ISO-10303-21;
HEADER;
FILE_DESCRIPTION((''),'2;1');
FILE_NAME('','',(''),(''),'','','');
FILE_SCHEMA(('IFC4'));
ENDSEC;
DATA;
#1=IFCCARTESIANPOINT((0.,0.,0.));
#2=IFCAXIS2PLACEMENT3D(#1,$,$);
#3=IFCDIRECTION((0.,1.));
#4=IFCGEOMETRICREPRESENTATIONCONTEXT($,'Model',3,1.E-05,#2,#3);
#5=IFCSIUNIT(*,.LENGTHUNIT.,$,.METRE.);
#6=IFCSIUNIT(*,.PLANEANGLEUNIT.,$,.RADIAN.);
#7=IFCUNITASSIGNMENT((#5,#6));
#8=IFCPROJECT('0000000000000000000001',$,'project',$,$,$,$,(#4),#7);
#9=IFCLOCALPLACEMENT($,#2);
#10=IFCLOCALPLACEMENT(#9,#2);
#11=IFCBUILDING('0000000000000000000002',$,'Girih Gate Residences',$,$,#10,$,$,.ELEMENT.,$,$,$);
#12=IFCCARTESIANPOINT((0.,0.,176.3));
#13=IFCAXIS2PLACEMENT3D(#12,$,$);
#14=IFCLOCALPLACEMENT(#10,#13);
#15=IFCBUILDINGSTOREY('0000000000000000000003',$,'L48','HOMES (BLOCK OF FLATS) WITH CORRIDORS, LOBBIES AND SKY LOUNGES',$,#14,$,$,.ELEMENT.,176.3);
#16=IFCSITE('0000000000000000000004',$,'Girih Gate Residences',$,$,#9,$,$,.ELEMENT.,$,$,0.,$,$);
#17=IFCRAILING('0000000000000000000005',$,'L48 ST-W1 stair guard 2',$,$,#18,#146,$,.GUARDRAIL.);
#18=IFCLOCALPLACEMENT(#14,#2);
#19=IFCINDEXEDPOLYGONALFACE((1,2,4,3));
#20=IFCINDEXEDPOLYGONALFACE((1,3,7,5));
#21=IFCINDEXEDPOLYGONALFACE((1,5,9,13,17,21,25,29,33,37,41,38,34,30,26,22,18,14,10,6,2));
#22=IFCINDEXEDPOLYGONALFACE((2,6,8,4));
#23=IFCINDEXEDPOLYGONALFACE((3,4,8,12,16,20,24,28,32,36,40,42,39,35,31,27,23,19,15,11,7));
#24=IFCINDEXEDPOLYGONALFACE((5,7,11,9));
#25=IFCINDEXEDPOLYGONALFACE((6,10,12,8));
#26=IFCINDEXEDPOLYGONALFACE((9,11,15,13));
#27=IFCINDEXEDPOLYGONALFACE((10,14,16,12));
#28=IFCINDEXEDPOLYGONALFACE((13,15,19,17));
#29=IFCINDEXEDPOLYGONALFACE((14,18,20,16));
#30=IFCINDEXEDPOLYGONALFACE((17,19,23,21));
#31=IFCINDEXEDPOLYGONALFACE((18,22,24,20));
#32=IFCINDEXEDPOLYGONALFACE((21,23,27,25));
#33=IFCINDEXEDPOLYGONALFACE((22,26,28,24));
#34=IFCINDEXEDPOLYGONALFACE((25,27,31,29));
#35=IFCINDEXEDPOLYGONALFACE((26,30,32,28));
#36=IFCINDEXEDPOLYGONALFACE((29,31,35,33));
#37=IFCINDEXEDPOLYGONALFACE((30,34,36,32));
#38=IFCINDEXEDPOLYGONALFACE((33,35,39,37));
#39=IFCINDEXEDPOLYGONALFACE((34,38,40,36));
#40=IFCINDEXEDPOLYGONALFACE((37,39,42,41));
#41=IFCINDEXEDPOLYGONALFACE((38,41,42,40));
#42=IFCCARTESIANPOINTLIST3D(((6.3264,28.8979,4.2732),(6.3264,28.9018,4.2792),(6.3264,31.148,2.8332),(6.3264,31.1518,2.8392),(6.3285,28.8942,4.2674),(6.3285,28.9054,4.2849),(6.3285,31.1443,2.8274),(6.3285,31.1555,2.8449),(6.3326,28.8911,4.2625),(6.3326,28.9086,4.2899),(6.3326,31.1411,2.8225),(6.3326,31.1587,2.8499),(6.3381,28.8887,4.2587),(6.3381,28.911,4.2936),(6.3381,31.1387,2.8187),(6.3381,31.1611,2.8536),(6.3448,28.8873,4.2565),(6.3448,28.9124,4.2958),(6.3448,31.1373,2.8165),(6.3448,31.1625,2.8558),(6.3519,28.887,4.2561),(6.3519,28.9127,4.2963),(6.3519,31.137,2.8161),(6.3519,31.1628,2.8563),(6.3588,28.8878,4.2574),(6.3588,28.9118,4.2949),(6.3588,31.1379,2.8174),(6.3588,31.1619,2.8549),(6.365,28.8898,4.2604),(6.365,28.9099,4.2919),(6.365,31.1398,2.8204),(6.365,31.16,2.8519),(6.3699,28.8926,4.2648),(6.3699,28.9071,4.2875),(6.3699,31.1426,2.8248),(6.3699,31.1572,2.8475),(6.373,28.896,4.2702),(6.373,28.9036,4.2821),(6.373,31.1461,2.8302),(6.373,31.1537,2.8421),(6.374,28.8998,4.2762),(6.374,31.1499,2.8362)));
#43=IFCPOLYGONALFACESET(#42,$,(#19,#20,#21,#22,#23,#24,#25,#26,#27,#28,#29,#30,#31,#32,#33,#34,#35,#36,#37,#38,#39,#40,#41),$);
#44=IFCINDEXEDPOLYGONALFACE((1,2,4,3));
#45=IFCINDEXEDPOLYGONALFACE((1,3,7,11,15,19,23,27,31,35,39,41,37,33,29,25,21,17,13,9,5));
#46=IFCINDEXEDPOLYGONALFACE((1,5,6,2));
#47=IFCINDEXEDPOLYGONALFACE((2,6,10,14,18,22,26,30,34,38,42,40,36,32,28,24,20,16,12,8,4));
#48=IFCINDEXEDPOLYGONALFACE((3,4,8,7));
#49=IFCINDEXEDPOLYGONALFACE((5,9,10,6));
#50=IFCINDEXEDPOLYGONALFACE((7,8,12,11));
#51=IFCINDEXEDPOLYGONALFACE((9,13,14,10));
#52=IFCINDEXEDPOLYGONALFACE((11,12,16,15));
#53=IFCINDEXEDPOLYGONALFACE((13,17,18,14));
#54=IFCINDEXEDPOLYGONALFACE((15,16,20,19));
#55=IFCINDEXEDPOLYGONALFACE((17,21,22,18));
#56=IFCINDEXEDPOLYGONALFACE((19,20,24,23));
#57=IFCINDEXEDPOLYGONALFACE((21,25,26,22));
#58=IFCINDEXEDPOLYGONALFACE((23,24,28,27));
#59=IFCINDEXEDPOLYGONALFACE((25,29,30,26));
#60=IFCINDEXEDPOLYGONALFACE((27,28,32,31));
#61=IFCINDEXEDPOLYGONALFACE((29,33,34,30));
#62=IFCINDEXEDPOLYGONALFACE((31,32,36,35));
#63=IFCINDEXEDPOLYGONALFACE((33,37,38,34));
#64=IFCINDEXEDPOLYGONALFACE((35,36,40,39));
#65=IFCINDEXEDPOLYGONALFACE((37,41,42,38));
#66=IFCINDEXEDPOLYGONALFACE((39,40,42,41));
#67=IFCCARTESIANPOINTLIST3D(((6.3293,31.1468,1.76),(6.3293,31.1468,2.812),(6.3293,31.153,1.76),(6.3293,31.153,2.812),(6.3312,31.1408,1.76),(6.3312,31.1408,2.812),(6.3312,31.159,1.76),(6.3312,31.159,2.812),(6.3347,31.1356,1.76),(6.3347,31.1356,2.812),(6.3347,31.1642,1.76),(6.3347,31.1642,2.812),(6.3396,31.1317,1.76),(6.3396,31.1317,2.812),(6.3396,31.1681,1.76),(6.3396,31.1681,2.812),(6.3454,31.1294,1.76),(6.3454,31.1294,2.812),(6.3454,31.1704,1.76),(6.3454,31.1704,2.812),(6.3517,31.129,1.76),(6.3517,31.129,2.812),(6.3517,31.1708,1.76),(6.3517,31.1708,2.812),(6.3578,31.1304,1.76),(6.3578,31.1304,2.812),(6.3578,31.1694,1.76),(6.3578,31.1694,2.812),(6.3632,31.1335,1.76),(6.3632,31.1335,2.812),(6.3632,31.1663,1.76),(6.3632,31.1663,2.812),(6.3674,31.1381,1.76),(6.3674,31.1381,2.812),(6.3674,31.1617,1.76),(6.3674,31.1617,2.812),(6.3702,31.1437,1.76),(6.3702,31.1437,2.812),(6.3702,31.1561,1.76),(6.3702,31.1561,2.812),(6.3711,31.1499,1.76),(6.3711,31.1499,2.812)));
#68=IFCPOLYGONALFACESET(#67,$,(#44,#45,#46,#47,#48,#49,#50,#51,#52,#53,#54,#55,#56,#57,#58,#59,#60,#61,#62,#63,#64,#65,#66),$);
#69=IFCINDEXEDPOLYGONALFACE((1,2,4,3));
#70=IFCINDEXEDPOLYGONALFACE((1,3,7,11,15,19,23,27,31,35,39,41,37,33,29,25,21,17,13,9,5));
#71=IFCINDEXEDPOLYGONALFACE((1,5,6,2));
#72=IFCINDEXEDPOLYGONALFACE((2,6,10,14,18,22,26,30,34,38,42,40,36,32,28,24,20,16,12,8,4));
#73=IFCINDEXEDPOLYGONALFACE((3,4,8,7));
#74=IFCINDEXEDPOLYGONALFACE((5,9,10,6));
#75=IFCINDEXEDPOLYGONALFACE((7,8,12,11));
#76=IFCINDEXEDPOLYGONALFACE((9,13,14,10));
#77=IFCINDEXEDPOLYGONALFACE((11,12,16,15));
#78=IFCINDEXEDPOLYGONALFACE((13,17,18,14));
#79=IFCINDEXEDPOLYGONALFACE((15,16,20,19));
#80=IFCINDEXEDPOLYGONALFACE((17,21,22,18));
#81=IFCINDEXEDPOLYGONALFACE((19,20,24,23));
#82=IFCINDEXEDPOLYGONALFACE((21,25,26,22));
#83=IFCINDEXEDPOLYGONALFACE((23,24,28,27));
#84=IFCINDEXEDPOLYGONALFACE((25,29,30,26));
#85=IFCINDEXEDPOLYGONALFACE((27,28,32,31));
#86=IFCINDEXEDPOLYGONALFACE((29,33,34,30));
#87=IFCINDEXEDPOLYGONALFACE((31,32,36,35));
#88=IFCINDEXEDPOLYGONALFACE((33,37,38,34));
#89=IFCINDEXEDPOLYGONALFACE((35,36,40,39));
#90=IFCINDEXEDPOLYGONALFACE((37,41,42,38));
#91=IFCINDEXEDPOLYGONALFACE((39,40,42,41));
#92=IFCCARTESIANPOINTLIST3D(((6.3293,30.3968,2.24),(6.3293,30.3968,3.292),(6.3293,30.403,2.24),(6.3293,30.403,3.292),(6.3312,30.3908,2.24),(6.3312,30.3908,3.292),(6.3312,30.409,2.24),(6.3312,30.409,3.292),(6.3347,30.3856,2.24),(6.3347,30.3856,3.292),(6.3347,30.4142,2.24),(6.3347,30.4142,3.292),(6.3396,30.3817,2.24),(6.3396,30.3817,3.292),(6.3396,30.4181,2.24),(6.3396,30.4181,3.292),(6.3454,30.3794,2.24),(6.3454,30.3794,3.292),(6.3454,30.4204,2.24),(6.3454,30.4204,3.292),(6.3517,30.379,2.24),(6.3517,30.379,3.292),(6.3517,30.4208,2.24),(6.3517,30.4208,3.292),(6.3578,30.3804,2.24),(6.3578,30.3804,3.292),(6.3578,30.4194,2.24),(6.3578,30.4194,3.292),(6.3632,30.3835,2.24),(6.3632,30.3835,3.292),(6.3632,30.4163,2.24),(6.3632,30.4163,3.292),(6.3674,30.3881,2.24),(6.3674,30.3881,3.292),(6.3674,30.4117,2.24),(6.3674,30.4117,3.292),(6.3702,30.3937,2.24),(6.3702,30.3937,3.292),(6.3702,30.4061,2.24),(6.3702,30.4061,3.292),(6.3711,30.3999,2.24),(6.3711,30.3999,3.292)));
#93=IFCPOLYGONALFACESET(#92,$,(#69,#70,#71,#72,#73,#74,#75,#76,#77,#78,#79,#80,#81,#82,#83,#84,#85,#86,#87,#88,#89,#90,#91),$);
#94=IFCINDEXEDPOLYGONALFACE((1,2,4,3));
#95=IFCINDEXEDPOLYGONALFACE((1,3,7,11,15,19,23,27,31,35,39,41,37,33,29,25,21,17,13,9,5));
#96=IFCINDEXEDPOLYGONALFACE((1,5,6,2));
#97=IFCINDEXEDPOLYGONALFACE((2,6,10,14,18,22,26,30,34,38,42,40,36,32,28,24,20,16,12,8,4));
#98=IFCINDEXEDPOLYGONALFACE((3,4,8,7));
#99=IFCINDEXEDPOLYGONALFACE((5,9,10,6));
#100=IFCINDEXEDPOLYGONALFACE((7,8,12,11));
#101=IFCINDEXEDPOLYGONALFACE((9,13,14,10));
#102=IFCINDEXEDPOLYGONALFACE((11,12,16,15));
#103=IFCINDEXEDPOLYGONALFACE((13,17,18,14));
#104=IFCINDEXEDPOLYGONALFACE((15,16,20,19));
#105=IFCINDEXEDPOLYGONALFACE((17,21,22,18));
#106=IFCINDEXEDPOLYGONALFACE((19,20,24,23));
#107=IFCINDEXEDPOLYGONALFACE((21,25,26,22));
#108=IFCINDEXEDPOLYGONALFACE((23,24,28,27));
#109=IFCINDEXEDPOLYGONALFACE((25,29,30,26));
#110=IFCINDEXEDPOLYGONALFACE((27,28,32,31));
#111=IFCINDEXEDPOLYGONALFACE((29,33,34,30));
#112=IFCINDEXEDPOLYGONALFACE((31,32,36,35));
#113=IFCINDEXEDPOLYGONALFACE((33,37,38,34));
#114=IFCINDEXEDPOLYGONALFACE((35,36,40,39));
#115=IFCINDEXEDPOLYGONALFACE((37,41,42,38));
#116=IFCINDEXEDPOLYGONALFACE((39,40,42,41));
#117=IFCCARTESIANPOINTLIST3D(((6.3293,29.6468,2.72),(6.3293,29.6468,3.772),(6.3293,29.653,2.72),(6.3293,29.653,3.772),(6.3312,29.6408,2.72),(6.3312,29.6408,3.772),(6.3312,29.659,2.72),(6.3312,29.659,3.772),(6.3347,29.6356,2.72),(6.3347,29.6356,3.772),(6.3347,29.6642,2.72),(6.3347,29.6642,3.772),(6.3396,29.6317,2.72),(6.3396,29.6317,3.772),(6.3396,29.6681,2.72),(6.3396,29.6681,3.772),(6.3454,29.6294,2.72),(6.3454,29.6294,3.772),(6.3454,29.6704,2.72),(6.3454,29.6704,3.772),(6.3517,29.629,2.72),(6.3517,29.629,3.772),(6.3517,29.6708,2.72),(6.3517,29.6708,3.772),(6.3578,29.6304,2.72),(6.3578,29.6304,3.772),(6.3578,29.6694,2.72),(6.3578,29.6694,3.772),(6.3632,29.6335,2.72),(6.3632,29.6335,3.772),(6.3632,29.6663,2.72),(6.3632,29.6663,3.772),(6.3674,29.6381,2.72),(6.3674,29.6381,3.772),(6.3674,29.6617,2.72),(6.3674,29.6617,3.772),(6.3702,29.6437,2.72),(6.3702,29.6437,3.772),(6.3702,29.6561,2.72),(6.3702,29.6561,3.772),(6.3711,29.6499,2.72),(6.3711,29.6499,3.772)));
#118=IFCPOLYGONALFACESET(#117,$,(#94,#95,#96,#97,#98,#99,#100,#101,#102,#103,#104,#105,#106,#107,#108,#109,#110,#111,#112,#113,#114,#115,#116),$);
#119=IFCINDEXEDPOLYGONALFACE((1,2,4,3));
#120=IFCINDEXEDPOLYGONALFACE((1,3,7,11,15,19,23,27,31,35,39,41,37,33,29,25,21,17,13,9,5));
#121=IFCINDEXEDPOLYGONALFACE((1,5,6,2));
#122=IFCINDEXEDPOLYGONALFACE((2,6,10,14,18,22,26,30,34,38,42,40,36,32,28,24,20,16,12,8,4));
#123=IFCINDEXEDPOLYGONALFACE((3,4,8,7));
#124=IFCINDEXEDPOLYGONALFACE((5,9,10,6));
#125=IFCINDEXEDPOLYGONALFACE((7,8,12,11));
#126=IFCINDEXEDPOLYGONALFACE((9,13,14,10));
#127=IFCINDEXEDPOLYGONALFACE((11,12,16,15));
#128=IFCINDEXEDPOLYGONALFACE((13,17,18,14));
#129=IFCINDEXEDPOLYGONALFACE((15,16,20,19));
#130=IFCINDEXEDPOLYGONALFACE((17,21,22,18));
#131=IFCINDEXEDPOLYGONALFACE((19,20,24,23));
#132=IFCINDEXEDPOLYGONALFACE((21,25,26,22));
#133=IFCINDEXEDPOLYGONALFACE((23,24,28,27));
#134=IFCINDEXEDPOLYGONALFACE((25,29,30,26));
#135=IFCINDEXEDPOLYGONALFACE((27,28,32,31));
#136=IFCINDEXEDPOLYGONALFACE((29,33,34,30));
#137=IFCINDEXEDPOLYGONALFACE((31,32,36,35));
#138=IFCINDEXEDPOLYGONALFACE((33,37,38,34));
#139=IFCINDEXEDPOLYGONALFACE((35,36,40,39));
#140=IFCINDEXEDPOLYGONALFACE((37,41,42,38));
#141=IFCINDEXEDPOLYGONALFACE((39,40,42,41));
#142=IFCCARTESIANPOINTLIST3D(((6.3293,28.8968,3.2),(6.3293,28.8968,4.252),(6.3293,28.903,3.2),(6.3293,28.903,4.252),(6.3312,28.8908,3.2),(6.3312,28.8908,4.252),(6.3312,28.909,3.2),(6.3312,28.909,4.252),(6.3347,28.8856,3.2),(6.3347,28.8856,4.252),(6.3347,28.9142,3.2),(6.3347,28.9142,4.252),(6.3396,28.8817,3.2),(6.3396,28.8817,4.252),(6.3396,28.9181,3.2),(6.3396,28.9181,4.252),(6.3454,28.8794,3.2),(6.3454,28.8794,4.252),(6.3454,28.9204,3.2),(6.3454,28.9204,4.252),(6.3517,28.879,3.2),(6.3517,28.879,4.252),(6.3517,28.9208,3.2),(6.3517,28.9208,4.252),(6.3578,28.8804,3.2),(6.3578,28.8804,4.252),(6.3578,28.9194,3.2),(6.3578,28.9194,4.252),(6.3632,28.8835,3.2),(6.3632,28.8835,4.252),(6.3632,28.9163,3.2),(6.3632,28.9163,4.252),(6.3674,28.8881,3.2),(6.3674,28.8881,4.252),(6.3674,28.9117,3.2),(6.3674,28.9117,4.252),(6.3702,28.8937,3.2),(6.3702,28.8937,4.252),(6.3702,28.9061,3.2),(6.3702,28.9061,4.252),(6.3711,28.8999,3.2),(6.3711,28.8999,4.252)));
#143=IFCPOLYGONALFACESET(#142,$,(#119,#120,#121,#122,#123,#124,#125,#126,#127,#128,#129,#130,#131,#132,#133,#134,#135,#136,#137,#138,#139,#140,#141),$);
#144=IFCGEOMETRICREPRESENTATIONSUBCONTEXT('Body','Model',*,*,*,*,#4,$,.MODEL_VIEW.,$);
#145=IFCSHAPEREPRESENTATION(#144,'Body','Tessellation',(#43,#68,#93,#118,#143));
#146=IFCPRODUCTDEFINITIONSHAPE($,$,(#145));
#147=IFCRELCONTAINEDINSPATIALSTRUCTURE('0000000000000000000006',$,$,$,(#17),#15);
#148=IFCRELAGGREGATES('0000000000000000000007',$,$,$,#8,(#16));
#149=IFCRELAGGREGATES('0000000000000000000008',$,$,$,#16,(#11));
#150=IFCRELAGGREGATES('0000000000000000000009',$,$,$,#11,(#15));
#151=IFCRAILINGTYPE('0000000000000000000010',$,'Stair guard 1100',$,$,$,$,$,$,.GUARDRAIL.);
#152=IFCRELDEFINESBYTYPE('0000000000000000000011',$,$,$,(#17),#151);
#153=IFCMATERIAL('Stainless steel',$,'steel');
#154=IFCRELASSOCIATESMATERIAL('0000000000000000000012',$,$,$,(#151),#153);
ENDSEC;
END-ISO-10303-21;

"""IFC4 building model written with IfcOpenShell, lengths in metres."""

from ifc_helpers import new_model, si_unit, direction, frame, origin, origin_2d, place, context, subcontext, project, spatial, circle, extrude, material, type_object, element, save


model = new_model("IFC4")

# Units and contexts
model_context = context("Model", 3, precision=1e-05, world=origin(), true_north=direction((0.0, 1.0)))
body_context = subcontext(model_context, "Body", "Model", "MODEL_VIEW")
ifc_project = project(units=[si_unit("LENGTHUNIT", "METRE"), si_unit("PLANEANGLEUNIT", "RADIAN")], contexts=[model_context])

# Site, building, storey
site_placement = place(None, origin())
site = spatial("IfcSite", under=ifc_project, at=site_placement, Name="Girih Gate Residences", CompositionType="ELEMENT", RefElevation=0.0)
building_placement = place(site_placement, origin())
building = spatial("IfcBuilding", under=site, at=building_placement, Name="Girih Gate Residences", CompositionType="ELEMENT")
storey_placement = place(building_placement, frame((0.0, 0.0, 176.3)))
storey = spatial("IfcBuildingStorey", under=building, at=storey_placement, Name="L48", Description="HOMES (BLOCK OF FLATS) WITH CORRIDORS, LOBBIES AND SKY LOUNGES", CompositionType="ELEMENT", Elevation=176.3)

# Railing
ifc_material_1 = material(Name="Stainless steel", Category="steel")
railing_type_1 = type_object("IfcRailingType", Name="Stair guard 1100", PredefinedType="GUARDRAIL", material=ifc_material_1)
railing_1_placement = place(storey_placement, frame((6.3501, 31.1499, 1.76)))
element("IfcRailing", 1, at=railing_1_placement, inside=storey, type_object=railing_type_1, Name="L48 ST-W1 stair guard 2", PredefinedType="GUARDRAIL", context=body_context, shape_type="SweptSolid", body=[
    extrude(circle(Radius=0.0239, at=origin_2d()), frame((0.0, 0.0, 1.0762), z_axis=(0.0, -0.842281, 0.539038), x_axis=(1.0, 0.0, 0.0)), (0.0, 0.0, 1.0), 2.6714),
    extrude(circle(Radius=0.021, at=origin_2d()), origin(), (0.0, 0.0, 1.0), 1.052),
    extrude(circle(Radius=0.021, at=origin_2d()), frame((0.0, -0.75, 0.48)), (0.0, 0.0, 1.0), 1.052),
    extrude(circle(Radius=0.021, at=origin_2d()), frame((0.0, -1.5, 0.96)), (0.0, 0.0, 1.0), 1.052),
    extrude(circle(Radius=0.021, at=origin_2d()), frame((0.0, -2.25, 1.4399)), (0.0, 0.0, 1.0), 1.052),
])

save(model, "model.ifc")
